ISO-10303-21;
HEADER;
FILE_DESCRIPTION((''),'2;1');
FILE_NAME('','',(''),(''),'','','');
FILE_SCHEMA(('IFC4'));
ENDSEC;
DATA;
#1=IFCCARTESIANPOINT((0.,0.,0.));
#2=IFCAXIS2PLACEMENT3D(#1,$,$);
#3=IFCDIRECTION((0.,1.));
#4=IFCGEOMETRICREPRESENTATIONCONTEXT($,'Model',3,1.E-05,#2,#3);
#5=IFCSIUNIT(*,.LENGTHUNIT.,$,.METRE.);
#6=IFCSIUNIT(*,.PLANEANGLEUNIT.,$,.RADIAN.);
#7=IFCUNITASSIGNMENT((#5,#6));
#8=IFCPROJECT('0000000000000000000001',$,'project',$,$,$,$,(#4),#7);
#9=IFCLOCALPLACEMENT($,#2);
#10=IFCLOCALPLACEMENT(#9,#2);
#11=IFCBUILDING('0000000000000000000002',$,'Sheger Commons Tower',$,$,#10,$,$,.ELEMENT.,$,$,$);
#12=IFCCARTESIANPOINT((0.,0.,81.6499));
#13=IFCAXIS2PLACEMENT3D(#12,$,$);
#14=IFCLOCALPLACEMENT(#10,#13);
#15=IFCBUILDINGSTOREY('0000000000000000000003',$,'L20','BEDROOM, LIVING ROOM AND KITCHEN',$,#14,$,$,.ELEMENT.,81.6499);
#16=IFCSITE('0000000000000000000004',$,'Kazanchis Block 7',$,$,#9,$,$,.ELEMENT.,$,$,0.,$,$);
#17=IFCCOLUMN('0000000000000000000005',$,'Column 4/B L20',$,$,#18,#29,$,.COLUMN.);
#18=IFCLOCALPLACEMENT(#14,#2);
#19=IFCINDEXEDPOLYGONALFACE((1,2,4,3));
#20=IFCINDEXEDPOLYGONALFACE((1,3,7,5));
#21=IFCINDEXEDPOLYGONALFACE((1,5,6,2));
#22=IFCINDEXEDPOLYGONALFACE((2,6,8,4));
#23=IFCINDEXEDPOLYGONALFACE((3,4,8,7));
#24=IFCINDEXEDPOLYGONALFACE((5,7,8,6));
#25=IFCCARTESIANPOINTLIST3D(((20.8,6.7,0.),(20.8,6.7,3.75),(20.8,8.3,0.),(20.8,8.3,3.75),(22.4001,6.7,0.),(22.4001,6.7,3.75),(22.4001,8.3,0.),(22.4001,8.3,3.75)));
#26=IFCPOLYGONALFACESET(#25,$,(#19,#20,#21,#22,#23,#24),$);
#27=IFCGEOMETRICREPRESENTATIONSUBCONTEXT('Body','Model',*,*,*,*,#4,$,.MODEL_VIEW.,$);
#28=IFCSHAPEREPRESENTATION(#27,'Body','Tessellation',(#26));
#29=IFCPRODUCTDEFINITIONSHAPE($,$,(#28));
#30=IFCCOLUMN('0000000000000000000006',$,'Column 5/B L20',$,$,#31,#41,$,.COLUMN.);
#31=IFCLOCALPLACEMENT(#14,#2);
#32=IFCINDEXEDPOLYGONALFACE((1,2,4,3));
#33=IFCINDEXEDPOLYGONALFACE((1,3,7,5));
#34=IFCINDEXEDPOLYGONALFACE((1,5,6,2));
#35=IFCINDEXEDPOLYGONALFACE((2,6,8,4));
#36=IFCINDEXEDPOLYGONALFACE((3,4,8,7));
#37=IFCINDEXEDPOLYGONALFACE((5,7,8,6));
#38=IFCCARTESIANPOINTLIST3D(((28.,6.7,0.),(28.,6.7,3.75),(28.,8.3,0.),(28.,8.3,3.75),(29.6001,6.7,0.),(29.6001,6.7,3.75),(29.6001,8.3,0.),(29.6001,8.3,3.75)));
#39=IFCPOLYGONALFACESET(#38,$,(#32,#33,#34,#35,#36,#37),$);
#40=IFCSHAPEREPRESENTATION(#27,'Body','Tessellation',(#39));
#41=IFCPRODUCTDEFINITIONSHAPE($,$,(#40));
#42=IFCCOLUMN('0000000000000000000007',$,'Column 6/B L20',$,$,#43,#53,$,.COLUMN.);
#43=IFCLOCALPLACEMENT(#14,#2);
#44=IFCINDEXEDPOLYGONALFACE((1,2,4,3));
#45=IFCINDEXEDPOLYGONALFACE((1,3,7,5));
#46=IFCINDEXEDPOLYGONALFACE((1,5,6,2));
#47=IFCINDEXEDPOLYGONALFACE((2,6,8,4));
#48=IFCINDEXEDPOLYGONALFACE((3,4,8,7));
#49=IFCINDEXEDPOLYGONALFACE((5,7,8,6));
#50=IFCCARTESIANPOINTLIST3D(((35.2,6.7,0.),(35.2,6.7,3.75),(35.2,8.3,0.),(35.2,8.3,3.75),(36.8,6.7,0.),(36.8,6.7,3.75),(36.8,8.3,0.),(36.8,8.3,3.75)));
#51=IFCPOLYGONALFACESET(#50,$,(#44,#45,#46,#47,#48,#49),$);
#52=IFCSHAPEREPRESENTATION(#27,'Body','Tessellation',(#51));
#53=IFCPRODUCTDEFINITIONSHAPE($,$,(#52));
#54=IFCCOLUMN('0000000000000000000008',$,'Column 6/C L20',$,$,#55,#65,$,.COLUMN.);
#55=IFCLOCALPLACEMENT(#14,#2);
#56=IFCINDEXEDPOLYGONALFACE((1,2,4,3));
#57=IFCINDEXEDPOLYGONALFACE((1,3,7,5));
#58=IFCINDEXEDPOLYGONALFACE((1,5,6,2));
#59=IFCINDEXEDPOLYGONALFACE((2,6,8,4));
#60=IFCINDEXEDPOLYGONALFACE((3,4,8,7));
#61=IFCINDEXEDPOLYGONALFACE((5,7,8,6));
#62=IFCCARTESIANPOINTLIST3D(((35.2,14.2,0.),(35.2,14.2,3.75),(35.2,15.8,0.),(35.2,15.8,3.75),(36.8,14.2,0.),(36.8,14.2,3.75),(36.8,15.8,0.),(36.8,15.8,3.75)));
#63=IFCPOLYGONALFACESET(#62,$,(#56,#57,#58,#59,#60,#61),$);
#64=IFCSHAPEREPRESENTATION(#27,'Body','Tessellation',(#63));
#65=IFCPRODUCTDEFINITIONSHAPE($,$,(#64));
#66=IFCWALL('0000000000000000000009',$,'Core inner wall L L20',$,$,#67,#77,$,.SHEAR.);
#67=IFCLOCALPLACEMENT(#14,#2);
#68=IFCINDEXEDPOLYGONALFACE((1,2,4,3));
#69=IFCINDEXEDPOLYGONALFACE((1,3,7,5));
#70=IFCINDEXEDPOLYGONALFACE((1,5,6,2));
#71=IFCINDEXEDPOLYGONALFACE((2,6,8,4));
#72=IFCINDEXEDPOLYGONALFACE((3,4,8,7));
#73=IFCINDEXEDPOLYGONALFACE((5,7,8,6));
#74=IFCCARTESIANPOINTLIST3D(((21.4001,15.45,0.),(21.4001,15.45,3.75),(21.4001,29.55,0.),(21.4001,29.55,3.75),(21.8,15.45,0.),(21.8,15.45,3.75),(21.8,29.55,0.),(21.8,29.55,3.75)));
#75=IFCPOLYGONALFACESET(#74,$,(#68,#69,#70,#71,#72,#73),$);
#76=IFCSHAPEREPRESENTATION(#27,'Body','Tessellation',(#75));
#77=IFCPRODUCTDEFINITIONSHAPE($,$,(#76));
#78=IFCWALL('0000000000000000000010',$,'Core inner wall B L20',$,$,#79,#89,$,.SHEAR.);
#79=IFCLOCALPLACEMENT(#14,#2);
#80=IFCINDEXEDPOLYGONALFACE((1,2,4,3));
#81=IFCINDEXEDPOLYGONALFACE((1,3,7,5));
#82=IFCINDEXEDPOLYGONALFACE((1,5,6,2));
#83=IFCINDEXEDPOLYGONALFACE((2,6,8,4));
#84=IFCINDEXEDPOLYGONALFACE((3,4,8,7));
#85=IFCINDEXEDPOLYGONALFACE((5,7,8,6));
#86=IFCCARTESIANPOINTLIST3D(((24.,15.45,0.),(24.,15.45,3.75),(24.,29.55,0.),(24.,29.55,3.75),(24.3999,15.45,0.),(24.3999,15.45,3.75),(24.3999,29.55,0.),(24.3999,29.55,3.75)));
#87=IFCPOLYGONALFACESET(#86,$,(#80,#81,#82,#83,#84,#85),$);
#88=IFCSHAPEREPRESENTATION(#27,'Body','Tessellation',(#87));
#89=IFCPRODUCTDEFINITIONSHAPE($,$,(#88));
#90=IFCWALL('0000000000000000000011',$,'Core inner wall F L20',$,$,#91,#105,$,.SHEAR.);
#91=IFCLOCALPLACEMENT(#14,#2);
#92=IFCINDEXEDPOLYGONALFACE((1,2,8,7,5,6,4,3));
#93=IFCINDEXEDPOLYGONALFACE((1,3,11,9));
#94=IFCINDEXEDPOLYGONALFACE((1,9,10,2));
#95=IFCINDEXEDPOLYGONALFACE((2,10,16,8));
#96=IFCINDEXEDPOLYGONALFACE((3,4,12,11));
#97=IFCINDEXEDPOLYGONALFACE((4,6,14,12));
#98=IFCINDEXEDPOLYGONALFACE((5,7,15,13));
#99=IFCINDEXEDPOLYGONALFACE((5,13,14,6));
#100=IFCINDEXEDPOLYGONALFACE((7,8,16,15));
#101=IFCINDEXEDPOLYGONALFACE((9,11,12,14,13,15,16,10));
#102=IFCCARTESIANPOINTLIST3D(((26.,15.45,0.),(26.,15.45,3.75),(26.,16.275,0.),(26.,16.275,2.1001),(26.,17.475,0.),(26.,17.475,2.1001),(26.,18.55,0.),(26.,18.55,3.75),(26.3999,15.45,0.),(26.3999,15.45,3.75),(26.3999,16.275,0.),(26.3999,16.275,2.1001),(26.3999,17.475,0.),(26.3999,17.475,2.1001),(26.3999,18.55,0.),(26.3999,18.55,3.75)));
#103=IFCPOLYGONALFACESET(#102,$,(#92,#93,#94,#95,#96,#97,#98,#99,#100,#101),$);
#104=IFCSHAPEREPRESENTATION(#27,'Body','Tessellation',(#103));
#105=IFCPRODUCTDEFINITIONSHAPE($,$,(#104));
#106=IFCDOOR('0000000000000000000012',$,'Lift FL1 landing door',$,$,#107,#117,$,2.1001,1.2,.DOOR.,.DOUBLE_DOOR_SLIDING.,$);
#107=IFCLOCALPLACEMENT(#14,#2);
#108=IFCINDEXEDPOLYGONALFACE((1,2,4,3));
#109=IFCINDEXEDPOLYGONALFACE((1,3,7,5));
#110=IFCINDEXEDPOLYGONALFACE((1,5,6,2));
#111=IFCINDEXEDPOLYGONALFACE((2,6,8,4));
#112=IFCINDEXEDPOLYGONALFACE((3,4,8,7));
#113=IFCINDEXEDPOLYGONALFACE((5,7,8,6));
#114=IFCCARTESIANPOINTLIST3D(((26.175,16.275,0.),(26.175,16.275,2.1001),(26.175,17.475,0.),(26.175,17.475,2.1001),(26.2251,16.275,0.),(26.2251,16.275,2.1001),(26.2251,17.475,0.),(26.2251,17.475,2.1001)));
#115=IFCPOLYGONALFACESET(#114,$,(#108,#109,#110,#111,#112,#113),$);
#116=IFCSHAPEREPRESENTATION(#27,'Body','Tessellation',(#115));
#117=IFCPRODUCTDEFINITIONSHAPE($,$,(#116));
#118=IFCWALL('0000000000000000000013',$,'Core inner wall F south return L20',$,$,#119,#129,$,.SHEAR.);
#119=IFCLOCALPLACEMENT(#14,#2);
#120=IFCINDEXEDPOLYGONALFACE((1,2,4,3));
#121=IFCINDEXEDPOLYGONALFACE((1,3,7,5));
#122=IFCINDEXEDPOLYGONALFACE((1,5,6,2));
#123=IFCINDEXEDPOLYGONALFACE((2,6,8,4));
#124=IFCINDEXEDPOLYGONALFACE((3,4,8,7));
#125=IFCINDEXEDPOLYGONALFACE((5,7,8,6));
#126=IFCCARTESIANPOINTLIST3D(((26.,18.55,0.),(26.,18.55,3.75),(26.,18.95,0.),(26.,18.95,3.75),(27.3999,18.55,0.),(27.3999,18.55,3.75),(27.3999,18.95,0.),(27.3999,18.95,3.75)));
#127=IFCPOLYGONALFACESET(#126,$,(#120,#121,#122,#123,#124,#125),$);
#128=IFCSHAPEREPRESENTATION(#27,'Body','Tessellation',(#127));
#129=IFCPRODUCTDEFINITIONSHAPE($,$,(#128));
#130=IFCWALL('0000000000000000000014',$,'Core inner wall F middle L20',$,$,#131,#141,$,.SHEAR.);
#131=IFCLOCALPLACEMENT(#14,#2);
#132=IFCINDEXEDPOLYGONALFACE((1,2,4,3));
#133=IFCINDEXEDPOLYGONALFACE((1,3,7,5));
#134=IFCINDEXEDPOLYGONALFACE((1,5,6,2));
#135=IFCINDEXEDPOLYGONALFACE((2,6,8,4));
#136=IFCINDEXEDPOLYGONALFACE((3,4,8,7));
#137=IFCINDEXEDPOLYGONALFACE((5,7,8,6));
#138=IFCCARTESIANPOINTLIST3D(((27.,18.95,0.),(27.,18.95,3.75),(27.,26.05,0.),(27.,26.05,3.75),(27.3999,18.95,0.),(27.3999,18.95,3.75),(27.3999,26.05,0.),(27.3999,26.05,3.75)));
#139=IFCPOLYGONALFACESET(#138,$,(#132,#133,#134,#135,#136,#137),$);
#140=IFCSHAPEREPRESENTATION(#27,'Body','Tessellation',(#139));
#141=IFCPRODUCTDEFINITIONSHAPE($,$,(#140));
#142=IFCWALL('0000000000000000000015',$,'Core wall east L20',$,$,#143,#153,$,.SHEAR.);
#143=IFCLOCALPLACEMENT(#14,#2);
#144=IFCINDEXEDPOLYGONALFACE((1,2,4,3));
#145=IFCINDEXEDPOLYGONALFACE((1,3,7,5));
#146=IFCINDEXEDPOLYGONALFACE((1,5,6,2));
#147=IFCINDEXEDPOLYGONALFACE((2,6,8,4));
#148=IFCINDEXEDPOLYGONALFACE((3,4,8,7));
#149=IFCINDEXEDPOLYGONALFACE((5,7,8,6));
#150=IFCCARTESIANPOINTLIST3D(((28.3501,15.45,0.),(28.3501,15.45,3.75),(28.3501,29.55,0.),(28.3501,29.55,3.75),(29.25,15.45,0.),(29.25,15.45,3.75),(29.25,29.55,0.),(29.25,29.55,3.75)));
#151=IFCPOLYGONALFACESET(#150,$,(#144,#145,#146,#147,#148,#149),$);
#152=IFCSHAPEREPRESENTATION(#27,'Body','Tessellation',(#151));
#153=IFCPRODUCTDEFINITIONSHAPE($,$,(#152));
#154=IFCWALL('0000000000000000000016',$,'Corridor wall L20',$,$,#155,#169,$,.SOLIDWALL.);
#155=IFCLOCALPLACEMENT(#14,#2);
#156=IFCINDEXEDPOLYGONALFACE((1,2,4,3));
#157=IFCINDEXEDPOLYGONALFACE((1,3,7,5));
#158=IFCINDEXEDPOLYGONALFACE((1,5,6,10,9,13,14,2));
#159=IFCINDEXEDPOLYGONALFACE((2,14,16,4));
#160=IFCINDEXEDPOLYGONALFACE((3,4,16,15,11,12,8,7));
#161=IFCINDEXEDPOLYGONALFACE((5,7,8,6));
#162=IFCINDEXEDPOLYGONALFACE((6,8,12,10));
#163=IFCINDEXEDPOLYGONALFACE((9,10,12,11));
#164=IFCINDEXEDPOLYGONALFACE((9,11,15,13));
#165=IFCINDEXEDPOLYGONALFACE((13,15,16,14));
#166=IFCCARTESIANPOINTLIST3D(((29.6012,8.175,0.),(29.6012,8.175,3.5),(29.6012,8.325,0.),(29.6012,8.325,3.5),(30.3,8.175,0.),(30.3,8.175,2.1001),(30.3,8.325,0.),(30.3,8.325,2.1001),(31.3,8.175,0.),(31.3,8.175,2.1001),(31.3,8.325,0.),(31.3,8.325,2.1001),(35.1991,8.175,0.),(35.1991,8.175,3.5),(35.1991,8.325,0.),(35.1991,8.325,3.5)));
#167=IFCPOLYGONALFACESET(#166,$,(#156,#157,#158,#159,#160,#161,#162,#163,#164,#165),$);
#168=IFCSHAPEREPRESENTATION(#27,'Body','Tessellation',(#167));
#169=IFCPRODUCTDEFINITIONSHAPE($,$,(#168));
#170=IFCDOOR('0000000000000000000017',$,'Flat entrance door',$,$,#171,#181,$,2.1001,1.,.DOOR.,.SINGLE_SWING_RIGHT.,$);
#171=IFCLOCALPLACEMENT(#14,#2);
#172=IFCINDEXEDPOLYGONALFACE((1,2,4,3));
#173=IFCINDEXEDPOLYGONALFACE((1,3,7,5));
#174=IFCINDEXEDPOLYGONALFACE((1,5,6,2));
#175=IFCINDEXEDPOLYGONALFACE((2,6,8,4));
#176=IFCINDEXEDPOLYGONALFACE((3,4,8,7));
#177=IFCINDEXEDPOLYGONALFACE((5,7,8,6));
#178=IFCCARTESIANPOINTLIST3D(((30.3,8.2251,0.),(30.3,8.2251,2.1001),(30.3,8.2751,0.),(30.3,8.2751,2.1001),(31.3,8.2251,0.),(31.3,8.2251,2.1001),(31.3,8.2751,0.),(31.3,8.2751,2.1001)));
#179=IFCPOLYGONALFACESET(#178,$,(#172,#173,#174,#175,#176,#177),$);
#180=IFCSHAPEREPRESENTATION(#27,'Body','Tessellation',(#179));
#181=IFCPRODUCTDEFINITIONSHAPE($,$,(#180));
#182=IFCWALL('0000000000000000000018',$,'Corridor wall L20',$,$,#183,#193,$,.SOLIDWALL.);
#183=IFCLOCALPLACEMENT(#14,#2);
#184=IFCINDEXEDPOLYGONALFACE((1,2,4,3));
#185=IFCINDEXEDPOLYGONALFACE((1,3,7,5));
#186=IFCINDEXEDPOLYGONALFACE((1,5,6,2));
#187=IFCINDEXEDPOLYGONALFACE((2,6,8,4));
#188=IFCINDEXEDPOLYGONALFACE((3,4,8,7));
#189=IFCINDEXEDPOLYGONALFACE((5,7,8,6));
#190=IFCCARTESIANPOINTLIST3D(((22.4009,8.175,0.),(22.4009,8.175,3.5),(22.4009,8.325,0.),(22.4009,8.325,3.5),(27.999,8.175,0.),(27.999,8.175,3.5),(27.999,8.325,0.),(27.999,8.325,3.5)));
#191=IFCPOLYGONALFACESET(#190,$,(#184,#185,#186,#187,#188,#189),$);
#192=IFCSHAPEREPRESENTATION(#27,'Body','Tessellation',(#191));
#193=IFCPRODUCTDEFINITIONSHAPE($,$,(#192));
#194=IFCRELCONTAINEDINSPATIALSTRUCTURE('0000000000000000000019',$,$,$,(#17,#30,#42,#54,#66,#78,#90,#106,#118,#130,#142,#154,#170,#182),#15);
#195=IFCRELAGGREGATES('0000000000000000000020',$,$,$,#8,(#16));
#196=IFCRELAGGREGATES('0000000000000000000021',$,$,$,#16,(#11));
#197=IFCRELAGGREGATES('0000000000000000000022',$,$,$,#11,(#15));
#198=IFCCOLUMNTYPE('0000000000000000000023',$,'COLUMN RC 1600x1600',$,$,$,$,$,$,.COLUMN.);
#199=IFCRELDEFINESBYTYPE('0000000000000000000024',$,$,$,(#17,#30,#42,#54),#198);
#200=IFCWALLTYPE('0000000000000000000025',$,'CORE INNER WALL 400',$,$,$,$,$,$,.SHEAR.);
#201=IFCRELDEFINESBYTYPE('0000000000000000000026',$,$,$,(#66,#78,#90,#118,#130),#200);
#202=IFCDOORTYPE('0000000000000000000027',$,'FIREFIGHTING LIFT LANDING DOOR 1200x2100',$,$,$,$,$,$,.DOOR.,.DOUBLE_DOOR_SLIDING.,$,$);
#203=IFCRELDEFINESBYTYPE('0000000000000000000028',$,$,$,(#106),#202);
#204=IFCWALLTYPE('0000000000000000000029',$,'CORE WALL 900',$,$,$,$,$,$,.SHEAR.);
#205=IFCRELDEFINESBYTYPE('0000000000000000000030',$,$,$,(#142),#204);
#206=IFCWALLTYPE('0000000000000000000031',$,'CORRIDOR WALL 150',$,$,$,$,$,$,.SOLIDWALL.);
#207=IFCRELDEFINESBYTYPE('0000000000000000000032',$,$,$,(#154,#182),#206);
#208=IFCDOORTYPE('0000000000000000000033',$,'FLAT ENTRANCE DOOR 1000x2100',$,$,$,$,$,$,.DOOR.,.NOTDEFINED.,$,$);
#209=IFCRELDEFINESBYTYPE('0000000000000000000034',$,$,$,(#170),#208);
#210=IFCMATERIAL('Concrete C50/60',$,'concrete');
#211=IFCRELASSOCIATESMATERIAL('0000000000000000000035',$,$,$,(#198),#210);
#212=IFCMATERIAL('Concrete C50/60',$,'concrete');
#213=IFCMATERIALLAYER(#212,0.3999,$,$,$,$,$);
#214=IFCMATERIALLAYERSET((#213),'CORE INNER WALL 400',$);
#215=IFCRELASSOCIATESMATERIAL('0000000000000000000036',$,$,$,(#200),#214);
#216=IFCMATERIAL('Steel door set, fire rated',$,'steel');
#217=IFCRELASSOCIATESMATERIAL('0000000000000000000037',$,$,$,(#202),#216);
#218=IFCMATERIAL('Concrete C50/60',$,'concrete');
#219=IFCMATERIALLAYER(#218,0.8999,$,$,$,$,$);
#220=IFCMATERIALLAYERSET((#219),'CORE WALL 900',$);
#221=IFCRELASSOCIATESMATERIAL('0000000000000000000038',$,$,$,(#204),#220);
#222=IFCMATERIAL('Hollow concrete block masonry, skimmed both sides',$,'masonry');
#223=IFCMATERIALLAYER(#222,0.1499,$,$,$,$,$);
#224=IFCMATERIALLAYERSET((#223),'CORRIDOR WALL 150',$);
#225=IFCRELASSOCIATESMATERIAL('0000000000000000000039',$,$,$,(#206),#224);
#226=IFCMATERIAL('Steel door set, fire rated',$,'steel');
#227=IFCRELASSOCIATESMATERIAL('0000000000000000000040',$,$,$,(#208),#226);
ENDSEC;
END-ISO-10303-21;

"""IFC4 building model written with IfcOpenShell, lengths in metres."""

from ifc_helpers import new_model, si_unit, direction, frame, frame_2d, origin, origin_2d, place, context, subcontext, project, spatial, rectangle, extrude, material, layer, layer_set, material_profile, profile_set, type_object, element, fill, save


model = new_model("IFC4")

# Units and contexts
model_context = context("Model", 3, precision=1e-05, world=origin(), true_north=direction((0.0, 1.0)))
body_context = subcontext(model_context, "Body", "Model", "MODEL_VIEW")
ifc_project = project(units=[si_unit("LENGTHUNIT", "METRE"), si_unit("PLANEANGLEUNIT", "RADIAN")], contexts=[model_context])

# Site, building, storey
site_placement = place(None, origin())
site = spatial("IfcSite", under=ifc_project, at=site_placement, Name="Kazanchis Block 7", CompositionType="ELEMENT", RefElevation=0.0)
building_placement = place(site_placement, origin())
building = spatial("IfcBuilding", under=site, at=building_placement, Name="Sheger Commons Tower", CompositionType="ELEMENT")
storey_placement = place(building_placement, frame((0.0, 0.0, 81.6499)))
storey = spatial("IfcBuildingStorey", under=building, at=storey_placement, Name="L20", Description="BEDROOM, LIVING ROOM AND KITCHEN", CompositionType="ELEMENT", Elevation=81.6499)

# Columns
ifc_material_1 = material(Name="Concrete C50/60", Category="concrete")
ifc_material_profile = material_profile(ifc_material_1, rectangle(XDim=1.6001, YDim=1.6001, at=origin_2d()), Name="RC 1600x1600")
ifc_profile_set = profile_set([ifc_material_profile], Name="Concrete C50/60")
column_type = type_object("IfcColumnType", Name="COLUMN RC 1600x1600", PredefinedType="COLUMN", material=ifc_profile_set)
for number, where, z_axis, x_axis, name in (
    (1, (21.6001, 7.5, 0.0), (0.0, 0.0, 1.0), (1.0, 0.0, 0.0), "Column 4/B L20"),
    (2, (28.8, 7.5, 0.0), (0.0, 0.0, 1.0), (1.0, 0.0, 0.0), "Column 5/B L20"),
    (3, (36.0, 7.5, 0.0), (0.0, 0.0, 1.0), (1.0, 0.0, 0.0), "Column 6/B L20"),
    (4, (36.0, 15.0, 0.0), (0.0, 0.0, 1.0), (1.0, 0.0, 0.0), "Column 6/C L20"),
):
    element("IfcColumn", number, at=place(storey_placement, frame(where, z_axis=z_axis, x_axis=x_axis)), inside=storey, type_object=column_type, Name=name, PredefinedType="COLUMN", context=body_context, shape_type="SweptSolid", body=[
        extrude(rectangle(XDim=1.6001, YDim=1.6001, at=origin_2d()), origin(), (0.0, 0.0, 1.0), 3.75),
    ])

# Walls
ifc_material_2 = material(Name="Concrete C50/60", Category="concrete")
ifc_layer_1 = layer(ifc_material_2, 0.3999)
ifc_layer_set_1 = layer_set([ifc_layer_1], Name="CORE INNER WALL 400")
wall_type_1 = type_object("IfcWallType", Name="CORE INNER WALL 400", PredefinedType="SHEAR", material=ifc_layer_set_1)
for number, where, z_axis, x_axis, name in (
    (5, (21.6001, 15.45, 0.0), (0.0, 0.0, 1.0), (0.0, 1.0, 0.0), "Core inner wall L L20"),
    (6, (24.2, 15.45, 0.0), (0.0, 0.0, 1.0), (0.0, 1.0, 0.0), "Core inner wall B L20"),
):
    element("IfcWall", number, at=place(storey_placement, frame(where, z_axis=z_axis, x_axis=x_axis)), inside=storey, type_object=wall_type_1, Name=name, PredefinedType="SHEAR", context=body_context, shape_type="SweptSolid", body=[
        extrude(rectangle(XDim=14.1001, YDim=0.3999, at=frame_2d((7.05, 0.0))), origin(), (0.0, 0.0, 1.0), 3.75),
    ])

# Wall, opening, door
wall_1_placement = place(storey_placement, frame((26.2, 15.45, 0.0), z_axis=(0.0, 0.0, 1.0), x_axis=(0.0, 1.0, 0.0)))
wall_1 = element("IfcWall", 7, at=wall_1_placement, inside=storey, type_object=wall_type_1, Name="Core inner wall F L20", PredefinedType="SHEAR", context=body_context, shape_type="SweptSolid", body=[
    extrude(rectangle(XDim=3.1001, YDim=0.3999, at=frame_2d((1.55, 0.0))), origin(), (0.0, 0.0, 1.0), 3.75),
])
opening_1_placement = place(wall_1_placement, frame((0.825, 0.0, 0.0)))
opening_1 = element("IfcOpeningElement", 8, at=opening_1_placement, cuts=wall_1, PredefinedType="OPENING", context=body_context, shape_type="SweptSolid", body=[
    extrude(rectangle(XDim=1.2, YDim=2.1001, at=frame_2d((0.6001, 1.05))), frame((0.0, 0.21, 0.0), z_axis=(0.0, -1.0, 0.0), x_axis=(1.0, 0.0, 0.0)), (0.0, 0.0, 1.0), 0.4199),
])
ifc_material_3 = material(Name="Steel door set, fire rated", Category="steel")
door_type_1 = type_object("IfcDoorType", Name="FIREFIGHTING LIFT LANDING DOOR 1200x2100", OperationType="DOUBLE_DOOR_SLIDING", PredefinedType="DOOR", material=ifc_material_3)
door_1_placement = place(opening_1_placement, origin())
door_1 = element("IfcDoor", 9, at=door_1_placement, inside=storey, type_object=door_type_1, Name="Lift FL1 landing door", OperationType="DOUBLE_DOOR_SLIDING", OverallHeight=2.1001, OverallWidth=1.2, PredefinedType="DOOR", context=body_context, shape_type="SweptSolid", body=[
    extrude(rectangle(XDim=1.2, YDim=2.1001, at=frame_2d((0.6001, 1.05))), frame((0.0, 0.0249, 0.0), z_axis=(0.0, -1.0, 0.0), x_axis=(1.0, 0.0, 0.0)), (0.0, 0.0, 1.0), 0.05),
])
fill(opening_1, door_1)

# Walls
wall_2_placement = place(storey_placement, frame((26.0, 18.75, 0.0), z_axis=(0.0, 0.0, 1.0), x_axis=(1.0, 0.0, 0.0)))
element("IfcWall", 10, at=wall_2_placement, inside=storey, type_object=wall_type_1, Name="Core inner wall F south return L20", PredefinedType="SHEAR", context=body_context, shape_type="SweptSolid", body=[
    extrude(rectangle(XDim=1.3999, YDim=0.3999, at=frame_2d((0.7, 0.0))), origin(), (0.0, 0.0, 1.0), 3.75),
])
wall_3_placement = place(storey_placement, frame((27.2, 18.95, 0.0), z_axis=(0.0, 0.0, 1.0), x_axis=(0.0, 1.0, 0.0)))
element("IfcWall", 11, at=wall_3_placement, inside=storey, type_object=wall_type_1, Name="Core inner wall F middle L20", PredefinedType="SHEAR", context=body_context, shape_type="SweptSolid", body=[
    extrude(rectangle(XDim=7.1001, YDim=0.3999, at=frame_2d((3.55, 0.0))), origin(), (0.0, 0.0, 1.0), 3.75),
])
ifc_material_4 = material(Name="Concrete C50/60", Category="concrete")
ifc_layer_2 = layer(ifc_material_4, 0.8999)
ifc_layer_set_2 = layer_set([ifc_layer_2], Name="CORE WALL 900")
wall_type_2 = type_object("IfcWallType", Name="CORE WALL 900", PredefinedType="SHEAR", material=ifc_layer_set_2)
wall_4_placement = place(storey_placement, frame((28.8, 15.45, 0.0), z_axis=(0.0, 0.0, 1.0), x_axis=(0.0, 1.0, 0.0)))
element("IfcWall", 12, at=wall_4_placement, inside=storey, type_object=wall_type_2, Name="Core wall east L20", PredefinedType="SHEAR", context=body_context, shape_type="SweptSolid", body=[
    extrude(rectangle(XDim=14.1001, YDim=0.8999, at=frame_2d((7.05, 0.0))), origin(), (0.0, 0.0, 1.0), 3.75),
])

# Wall, opening, door
ifc_material_5 = material(Name="Hollow concrete block masonry, skimmed both sides", Category="masonry")
ifc_layer_3 = layer(ifc_material_5, 0.1499)
ifc_layer_set_3 = layer_set([ifc_layer_3], Name="CORRIDOR WALL 150")
wall_type_3 = type_object("IfcWallType", Name="CORRIDOR WALL 150", PredefinedType="SOLIDWALL", material=ifc_layer_set_3)
wall_5_placement = place(storey_placement, frame((35.199, 8.25, 0.0), z_axis=(0.0, 0.0, 1.0), x_axis=(-1.0, 0.0, 0.0)))
wall_5 = element("IfcWall", 13, at=wall_5_placement, inside=storey, type_object=wall_type_3, Name="Corridor wall L20", PredefinedType="SOLIDWALL", context=body_context, shape_type="SweptSolid", body=[
    extrude(rectangle(XDim=5.5979, YDim=0.1499, at=frame_2d((2.7988, 0.0))), origin(), (0.0, 0.0, 1.0), 3.5),
])
opening_2_placement = place(wall_5_placement, frame((3.8989, 0.0, 0.0)))
opening_2 = element("IfcOpeningElement", 14, at=opening_2_placement, cuts=wall_5, PredefinedType="OPENING", context=body_context, shape_type="SweptSolid", body=[
    extrude(rectangle(XDim=1.0, YDim=2.1001, at=frame_2d((0.5, 1.05))), frame((0.0, 0.085, 0.0), z_axis=(0.0, -1.0, 0.0), x_axis=(1.0, 0.0, 0.0)), (0.0, 0.0, 1.0), 0.1699),
])
ifc_material_6 = material(Name="Steel door set, fire rated", Category="steel")
door_type_2 = type_object("IfcDoorType", Name="FLAT ENTRANCE DOOR 1000x2100", OperationType="NOTDEFINED", PredefinedType="DOOR", material=ifc_material_6)
door_2_placement = place(opening_2_placement, origin())
door_2 = element("IfcDoor", 15, at=door_2_placement, inside=storey, type_object=door_type_2, Name="Flat entrance door", OperationType="SINGLE_SWING_RIGHT", OverallHeight=2.1001, OverallWidth=1.0, PredefinedType="DOOR", context=body_context, shape_type="SweptSolid", body=[
    extrude(rectangle(XDim=1.0, YDim=2.1001, at=frame_2d((0.5, 1.05))), frame((0.0, 0.0249, 0.0), z_axis=(0.0, -1.0, 0.0), x_axis=(1.0, 0.0, 0.0)), (0.0, 0.0, 1.0), 0.05),
])
fill(opening_2, door_2)

# Wall
wall_6_placement = place(storey_placement, frame((27.999, 8.25, 0.0), z_axis=(0.0, 0.0, 1.0), x_axis=(-1.0, 0.0, 0.0)))
element("IfcWall", 16, at=wall_6_placement, inside=storey, type_object=wall_type_3, Name="Corridor wall L20", PredefinedType="SOLIDWALL", context=body_context, shape_type="SweptSolid", body=[
    extrude(rectangle(XDim=5.5981, YDim=0.1499, at=frame_2d((2.7991, 0.0))), origin(), (0.0, 0.0, 1.0), 3.5),
])

save(model, "model.ifc")
